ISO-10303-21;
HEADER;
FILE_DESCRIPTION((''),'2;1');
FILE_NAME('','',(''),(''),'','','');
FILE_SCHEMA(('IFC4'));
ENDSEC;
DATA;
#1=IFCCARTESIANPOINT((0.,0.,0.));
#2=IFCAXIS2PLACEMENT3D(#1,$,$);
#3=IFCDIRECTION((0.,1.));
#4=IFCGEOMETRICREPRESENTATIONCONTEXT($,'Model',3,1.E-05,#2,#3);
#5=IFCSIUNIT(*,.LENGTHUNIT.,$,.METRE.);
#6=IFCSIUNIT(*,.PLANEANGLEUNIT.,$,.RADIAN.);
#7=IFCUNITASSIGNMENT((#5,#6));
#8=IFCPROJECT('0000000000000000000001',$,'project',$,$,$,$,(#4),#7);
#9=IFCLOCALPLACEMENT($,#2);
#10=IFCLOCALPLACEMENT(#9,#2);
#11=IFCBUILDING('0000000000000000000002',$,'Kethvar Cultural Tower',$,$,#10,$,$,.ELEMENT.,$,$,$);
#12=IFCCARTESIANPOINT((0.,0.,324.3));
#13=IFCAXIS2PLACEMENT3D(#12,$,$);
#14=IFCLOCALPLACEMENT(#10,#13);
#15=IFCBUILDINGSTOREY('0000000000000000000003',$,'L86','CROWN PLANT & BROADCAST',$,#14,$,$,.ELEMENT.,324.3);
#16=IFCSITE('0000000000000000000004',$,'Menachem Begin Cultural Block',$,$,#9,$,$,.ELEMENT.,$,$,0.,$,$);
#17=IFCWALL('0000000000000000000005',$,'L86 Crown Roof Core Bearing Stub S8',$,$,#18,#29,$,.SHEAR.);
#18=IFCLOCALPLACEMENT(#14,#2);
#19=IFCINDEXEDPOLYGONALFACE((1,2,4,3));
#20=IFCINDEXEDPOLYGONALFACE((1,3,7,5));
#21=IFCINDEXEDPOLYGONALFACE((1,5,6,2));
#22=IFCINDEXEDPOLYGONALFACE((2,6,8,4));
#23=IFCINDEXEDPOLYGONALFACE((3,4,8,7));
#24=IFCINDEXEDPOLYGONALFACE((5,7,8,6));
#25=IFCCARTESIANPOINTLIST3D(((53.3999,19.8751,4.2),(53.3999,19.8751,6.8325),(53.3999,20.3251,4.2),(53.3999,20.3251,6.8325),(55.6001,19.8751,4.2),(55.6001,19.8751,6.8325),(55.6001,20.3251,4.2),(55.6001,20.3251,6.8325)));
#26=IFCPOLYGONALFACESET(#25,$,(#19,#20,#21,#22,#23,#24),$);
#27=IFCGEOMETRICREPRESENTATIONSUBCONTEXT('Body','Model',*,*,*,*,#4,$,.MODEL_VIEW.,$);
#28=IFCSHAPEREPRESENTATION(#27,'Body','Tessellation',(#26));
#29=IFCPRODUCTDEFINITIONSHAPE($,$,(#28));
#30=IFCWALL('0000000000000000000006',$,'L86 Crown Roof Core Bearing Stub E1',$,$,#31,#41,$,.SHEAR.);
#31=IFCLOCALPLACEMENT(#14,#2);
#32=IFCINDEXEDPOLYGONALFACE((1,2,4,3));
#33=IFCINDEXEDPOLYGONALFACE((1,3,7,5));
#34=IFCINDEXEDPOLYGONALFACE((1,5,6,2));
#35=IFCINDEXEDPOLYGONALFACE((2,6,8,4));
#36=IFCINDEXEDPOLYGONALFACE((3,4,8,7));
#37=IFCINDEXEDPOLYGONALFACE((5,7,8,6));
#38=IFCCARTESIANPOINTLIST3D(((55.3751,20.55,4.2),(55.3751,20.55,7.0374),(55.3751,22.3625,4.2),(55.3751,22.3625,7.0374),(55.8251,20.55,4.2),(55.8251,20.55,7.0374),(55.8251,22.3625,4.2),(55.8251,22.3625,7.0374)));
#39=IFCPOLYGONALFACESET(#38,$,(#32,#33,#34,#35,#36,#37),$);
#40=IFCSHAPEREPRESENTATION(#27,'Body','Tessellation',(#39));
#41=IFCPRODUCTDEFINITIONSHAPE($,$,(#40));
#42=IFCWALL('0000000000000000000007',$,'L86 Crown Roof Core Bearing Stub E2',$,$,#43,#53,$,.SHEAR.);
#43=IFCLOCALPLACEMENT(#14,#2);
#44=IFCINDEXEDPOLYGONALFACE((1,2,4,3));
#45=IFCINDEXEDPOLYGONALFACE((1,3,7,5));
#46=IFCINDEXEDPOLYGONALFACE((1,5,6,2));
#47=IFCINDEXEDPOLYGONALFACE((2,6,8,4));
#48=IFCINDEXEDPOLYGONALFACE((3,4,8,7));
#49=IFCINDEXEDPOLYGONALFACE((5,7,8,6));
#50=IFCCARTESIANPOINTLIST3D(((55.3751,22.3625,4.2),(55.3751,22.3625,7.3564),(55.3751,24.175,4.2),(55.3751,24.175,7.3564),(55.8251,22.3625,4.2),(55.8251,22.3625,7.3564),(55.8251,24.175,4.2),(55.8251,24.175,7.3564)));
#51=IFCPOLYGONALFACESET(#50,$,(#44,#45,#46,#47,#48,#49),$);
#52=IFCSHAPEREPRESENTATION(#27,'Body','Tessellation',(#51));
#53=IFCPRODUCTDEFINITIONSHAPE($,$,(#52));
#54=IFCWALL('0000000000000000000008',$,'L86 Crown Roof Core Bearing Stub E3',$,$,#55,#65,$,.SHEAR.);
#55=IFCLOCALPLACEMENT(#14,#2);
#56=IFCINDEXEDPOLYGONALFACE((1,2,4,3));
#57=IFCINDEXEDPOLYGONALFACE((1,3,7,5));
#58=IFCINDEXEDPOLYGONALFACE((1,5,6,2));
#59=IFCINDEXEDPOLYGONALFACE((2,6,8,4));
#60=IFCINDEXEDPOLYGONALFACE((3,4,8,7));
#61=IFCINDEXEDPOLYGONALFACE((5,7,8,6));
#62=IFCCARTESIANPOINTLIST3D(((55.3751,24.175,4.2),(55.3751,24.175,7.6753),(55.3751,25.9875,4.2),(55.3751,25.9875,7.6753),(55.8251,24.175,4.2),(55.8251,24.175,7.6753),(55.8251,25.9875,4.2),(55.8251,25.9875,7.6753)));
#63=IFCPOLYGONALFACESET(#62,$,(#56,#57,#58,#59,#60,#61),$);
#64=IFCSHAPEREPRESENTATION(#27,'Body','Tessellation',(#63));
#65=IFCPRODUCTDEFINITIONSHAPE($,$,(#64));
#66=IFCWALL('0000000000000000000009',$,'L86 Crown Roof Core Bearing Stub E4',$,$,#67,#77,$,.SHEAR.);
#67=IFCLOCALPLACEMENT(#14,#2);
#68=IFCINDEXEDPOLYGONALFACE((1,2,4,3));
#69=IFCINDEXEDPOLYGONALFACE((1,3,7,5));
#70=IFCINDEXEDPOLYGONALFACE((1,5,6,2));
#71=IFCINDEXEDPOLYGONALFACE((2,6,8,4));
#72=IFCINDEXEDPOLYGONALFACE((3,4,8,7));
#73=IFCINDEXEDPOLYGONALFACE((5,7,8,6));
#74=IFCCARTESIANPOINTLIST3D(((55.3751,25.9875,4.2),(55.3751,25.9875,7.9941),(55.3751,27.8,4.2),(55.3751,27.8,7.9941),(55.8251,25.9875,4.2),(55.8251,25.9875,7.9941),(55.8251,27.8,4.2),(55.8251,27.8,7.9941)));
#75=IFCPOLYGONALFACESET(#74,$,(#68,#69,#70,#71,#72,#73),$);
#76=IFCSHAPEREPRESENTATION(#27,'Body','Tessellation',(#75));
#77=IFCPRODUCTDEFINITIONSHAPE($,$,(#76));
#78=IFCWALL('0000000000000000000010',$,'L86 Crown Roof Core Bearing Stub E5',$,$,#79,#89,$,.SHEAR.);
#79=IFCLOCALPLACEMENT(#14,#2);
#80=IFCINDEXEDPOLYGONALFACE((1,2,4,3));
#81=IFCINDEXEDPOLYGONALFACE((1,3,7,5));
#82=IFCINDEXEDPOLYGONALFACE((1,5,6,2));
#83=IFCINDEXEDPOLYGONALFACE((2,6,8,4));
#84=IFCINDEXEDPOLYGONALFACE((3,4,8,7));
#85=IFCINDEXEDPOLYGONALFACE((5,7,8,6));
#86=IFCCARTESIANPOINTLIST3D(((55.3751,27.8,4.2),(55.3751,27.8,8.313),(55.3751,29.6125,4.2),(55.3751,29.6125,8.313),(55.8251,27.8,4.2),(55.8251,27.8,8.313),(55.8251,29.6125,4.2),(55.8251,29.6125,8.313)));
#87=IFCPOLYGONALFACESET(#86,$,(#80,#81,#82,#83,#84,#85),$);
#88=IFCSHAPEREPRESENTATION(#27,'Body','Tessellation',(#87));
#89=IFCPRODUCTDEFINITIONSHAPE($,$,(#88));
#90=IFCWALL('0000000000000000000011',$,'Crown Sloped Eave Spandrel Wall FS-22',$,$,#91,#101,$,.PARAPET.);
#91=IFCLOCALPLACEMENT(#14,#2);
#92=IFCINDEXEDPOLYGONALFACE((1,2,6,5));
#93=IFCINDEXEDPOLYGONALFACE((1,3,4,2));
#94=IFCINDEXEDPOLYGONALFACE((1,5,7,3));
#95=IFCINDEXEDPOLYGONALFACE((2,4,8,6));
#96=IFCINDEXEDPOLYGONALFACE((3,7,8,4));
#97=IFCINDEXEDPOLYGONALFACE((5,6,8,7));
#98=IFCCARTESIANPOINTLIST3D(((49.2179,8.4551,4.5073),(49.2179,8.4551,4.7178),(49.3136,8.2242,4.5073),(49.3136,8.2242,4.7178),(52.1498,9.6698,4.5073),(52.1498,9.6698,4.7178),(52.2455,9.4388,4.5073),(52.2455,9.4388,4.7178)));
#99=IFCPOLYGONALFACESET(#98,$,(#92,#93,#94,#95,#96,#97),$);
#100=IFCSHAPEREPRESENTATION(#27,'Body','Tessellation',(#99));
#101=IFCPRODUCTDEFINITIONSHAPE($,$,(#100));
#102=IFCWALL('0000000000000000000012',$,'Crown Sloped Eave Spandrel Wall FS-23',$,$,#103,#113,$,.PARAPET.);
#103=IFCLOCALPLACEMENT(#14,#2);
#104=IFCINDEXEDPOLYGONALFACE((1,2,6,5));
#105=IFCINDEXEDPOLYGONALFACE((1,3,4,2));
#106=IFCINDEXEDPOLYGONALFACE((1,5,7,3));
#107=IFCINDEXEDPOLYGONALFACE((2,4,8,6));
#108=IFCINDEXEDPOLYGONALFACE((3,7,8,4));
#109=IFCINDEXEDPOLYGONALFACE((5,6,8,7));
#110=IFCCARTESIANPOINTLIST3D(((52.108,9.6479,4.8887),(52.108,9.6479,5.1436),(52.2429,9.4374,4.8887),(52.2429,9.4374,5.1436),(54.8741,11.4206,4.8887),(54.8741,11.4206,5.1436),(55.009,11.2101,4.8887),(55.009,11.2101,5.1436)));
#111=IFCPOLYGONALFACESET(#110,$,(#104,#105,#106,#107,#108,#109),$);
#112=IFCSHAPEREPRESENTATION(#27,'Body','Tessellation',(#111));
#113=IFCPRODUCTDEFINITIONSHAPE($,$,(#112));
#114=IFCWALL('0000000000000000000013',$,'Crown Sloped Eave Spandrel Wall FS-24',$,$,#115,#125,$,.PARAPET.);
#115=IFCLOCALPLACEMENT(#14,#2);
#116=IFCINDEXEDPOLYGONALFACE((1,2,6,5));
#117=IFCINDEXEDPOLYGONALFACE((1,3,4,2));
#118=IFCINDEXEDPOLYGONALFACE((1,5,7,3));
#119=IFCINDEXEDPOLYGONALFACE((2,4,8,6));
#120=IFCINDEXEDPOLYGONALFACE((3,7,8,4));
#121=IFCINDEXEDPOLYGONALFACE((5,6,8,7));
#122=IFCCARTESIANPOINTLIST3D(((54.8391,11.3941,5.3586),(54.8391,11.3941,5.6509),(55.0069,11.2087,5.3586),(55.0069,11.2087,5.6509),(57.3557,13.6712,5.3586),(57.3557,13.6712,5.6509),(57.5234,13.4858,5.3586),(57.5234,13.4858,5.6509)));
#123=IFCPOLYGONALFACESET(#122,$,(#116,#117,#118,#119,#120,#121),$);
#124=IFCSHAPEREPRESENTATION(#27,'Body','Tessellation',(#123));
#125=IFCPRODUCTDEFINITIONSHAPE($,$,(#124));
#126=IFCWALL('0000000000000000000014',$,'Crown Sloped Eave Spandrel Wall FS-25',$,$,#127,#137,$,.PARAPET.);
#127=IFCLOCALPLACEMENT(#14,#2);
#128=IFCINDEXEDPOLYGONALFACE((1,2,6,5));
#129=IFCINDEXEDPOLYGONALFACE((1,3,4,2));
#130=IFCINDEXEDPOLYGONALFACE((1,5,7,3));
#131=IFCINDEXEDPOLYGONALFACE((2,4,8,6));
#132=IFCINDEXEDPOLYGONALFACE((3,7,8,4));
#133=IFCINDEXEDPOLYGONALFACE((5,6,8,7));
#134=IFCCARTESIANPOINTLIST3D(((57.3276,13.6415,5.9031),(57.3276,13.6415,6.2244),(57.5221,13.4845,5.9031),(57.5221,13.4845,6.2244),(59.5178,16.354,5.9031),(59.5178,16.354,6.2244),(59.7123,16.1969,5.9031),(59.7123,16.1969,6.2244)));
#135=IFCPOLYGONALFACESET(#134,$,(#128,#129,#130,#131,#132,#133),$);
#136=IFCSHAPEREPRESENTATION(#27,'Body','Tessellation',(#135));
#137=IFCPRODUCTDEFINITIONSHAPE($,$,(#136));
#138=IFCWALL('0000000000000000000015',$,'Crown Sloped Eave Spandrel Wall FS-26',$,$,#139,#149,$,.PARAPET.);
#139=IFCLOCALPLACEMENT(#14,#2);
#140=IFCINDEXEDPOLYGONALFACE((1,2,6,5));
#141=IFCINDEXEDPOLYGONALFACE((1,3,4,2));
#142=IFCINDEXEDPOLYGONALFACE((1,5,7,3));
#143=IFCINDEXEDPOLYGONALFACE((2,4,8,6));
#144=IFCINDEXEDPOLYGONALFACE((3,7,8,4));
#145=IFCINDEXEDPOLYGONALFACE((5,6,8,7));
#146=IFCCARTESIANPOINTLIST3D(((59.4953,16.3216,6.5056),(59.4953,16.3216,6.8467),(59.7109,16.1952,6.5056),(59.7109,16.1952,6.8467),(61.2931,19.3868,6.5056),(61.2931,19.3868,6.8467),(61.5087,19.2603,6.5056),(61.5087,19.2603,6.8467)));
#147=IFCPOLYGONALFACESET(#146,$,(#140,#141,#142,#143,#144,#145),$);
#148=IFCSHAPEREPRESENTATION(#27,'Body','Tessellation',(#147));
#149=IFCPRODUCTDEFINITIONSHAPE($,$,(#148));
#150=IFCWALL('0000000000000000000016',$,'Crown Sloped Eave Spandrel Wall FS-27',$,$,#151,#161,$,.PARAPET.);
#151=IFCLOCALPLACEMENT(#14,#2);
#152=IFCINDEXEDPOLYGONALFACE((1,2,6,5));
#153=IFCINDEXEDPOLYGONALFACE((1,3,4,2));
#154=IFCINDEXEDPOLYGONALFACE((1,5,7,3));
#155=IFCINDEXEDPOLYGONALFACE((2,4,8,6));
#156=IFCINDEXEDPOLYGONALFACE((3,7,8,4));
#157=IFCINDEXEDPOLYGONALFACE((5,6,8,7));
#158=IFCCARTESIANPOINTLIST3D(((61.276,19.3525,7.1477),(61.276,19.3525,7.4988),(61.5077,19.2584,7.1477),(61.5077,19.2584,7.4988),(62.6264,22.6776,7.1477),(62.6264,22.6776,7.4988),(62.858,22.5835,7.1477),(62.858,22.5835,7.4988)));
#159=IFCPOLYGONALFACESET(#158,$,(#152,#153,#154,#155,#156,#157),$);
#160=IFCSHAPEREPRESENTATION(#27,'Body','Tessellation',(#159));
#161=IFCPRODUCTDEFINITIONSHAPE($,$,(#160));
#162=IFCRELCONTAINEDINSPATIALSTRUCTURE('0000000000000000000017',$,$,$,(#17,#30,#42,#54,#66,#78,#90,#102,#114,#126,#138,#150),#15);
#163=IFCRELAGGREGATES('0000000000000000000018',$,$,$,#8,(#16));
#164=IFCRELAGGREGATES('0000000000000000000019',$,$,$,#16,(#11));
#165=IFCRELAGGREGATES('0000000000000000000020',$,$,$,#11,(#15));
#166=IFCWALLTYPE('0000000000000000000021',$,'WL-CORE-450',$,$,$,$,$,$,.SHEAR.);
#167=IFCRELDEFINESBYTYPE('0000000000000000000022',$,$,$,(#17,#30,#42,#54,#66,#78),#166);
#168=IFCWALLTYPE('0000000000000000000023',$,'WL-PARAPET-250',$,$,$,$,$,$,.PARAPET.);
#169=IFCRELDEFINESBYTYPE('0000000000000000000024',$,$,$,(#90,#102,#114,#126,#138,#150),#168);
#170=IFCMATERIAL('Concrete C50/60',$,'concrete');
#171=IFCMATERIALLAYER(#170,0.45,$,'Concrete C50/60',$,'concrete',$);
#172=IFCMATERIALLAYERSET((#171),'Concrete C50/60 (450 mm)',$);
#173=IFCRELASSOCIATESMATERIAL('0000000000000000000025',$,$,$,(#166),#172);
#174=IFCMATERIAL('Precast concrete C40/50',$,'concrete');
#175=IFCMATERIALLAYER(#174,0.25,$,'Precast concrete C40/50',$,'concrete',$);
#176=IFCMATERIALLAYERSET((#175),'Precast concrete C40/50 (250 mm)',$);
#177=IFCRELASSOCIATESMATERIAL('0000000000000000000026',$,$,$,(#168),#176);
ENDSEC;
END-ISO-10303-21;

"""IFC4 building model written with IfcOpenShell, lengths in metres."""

from ifc_helpers import new_model, si_unit, direction, frame, frame_2d, origin, place, context, subcontext, project, spatial, rectangle, extrude, material, layer, layer_set, type_object, element, save


model = new_model("IFC4")

# Units and contexts
model_context = context("Model", 3, precision=1e-05, world=origin(), true_north=direction((0.0, 1.0)))
body_context = subcontext(model_context, "Body", "Model", "MODEL_VIEW")
ifc_project = project(units=[si_unit("LENGTHUNIT", "METRE"), si_unit("PLANEANGLEUNIT", "RADIAN")], contexts=[model_context])

# Site, building, storey
site_placement = place(None, origin())
site = spatial("IfcSite", under=ifc_project, at=site_placement, Name="Menachem Begin Cultural Block", CompositionType="ELEMENT", RefElevation=0.0)
building_placement = place(site_placement, origin())
building = spatial("IfcBuilding", under=site, at=building_placement, Name="Kethvar Cultural Tower", CompositionType="ELEMENT")
storey_placement = place(building_placement, frame((0.0, 0.0, 324.3)))
storey = spatial("IfcBuildingStorey", under=building, at=storey_placement, Name="L86", Description="CROWN PLANT & BROADCAST", CompositionType="ELEMENT", Elevation=324.3)

# Walls
ifc_material_1 = material(Name="Concrete C50/60", Category="concrete")
ifc_layer_1 = layer(ifc_material_1, 0.45, Name="Concrete C50/60", Category="concrete")
ifc_layer_set_1 = layer_set([ifc_layer_1], Name="Concrete C50/60 (450 mm)")
wall_type_1 = type_object("IfcWallType", Name="WL-CORE-450", PredefinedType="SHEAR", material=ifc_layer_set_1)
wall_1_placement = place(storey_placement, frame((53.3999, 20.1001, 4.2), z_axis=(0.0, 0.0, 1.0), x_axis=(1.0, 0.0, 0.0)))
element("IfcWall", 1, at=wall_1_placement, inside=storey, type_object=wall_type_1, Name="L86 Crown Roof Core Bearing Stub S8", PredefinedType="SHEAR", context=body_context, shape_type="SweptSolid", body=[
    extrude(rectangle(XDim=2.2002, YDim=0.45, at=frame_2d((1.1001, 0.0))), origin(), (0.0, 0.0, 1.0), 2.6326),
])
wall_2_placement = place(storey_placement, frame((55.6001, 20.55, 4.2), z_axis=(0.0, 0.0, 1.0), x_axis=(0.0, 1.0, 0.0)))
element("IfcWall", 2, at=wall_2_placement, inside=storey, type_object=wall_type_1, Name="L86 Crown Roof Core Bearing Stub E1", PredefinedType="SHEAR", context=body_context, shape_type="SweptSolid", body=[
    extrude(rectangle(XDim=1.8125, YDim=0.45, at=frame_2d((0.9062, 0.0))), origin(), (0.0, 0.0, 1.0), 2.8374),
])
wall_3_placement = place(storey_placement, frame((55.6001, 22.3625, 4.2), z_axis=(0.0, 0.0, 1.0), x_axis=(0.0, 1.0, 0.0)))
element("IfcWall", 3, at=wall_3_placement, inside=storey, type_object=wall_type_1, Name="L86 Crown Roof Core Bearing Stub E2", PredefinedType="SHEAR", context=body_context, shape_type="SweptSolid", body=[
    extrude(rectangle(XDim=1.8125, YDim=0.45, at=frame_2d((0.9062, 0.0))), origin(), (0.0, 0.0, 1.0), 3.1565),
])
wall_4_placement = place(storey_placement, frame((55.6001, 24.175, 4.2), z_axis=(0.0, 0.0, 1.0), x_axis=(0.0, 1.0, 0.0)))
element("IfcWall", 4, at=wall_4_placement, inside=storey, type_object=wall_type_1, Name="L86 Crown Roof Core Bearing Stub E3", PredefinedType="SHEAR", context=body_context, shape_type="SweptSolid", body=[
    extrude(rectangle(XDim=1.8125, YDim=0.45, at=frame_2d((0.9062, 0.0))), origin(), (0.0, 0.0, 1.0), 3.4753),
])
wall_5_placement = place(storey_placement, frame((55.6001, 25.9875, 4.2), z_axis=(0.0, 0.0, 1.0), x_axis=(0.0, 1.0, 0.0)))
element("IfcWall", 5, at=wall_5_placement, inside=storey, type_object=wall_type_1, Name="L86 Crown Roof Core Bearing Stub E4", PredefinedType="SHEAR", context=body_context, shape_type="SweptSolid", body=[
    extrude(rectangle(XDim=1.8125, YDim=0.45, at=frame_2d((0.9062, 0.0))), origin(), (0.0, 0.0, 1.0), 3.7942),
])
wall_6_placement = place(storey_placement, frame((55.6001, 27.8, 4.2), z_axis=(0.0, 0.0, 1.0), x_axis=(0.0, 1.0, 0.0)))
element("IfcWall", 6, at=wall_6_placement, inside=storey, type_object=wall_type_1, Name="L86 Crown Roof Core Bearing Stub E5", PredefinedType="SHEAR", context=body_context, shape_type="SweptSolid", body=[
    extrude(rectangle(XDim=1.8125, YDim=0.45, at=frame_2d((0.9062, 0.0))), origin(), (0.0, 0.0, 1.0), 4.113),
])
ifc_material_2 = material(Name="Precast concrete C40/50", Category="concrete")
ifc_layer_2 = layer(ifc_material_2, 0.25, Name="Precast concrete C40/50", Category="concrete")
ifc_layer_set_2 = layer_set([ifc_layer_2], Name="Precast concrete C40/50 (250 mm)")
wall_type_2 = type_object("IfcWallType", Name="WL-PARAPET-250", PredefinedType="PARAPET", material=ifc_layer_set_2)
wall_7_placement = place(storey_placement, frame((49.2656, 8.3396, 4.5073), z_axis=(0.0, 0.0, 1.0), x_axis=(0.92386, 0.38273, 0.0)))
element("IfcWall", 7, at=wall_7_placement, inside=storey, type_object=wall_type_2, Name="Crown Sloped Eave Spandrel Wall FS-22", PredefinedType="PARAPET", context=body_context, shape_type="SweptSolid", body=[
    extrude(rectangle(XDim=3.1736, YDim=0.25, at=frame_2d((1.5869, 0.0))), origin(), (0.0, 0.0, 1.0), 0.2104),
])
wall_8_placement = place(storey_placement, frame((52.1755, 9.5427, 4.8887), z_axis=(0.0, 0.0, 1.0), x_axis=(0.841941, 0.53957, 0.0)))
element("IfcWall", 8, at=wall_8_placement, inside=storey, type_object=wall_type_2, Name="Crown Sloped Eave Spandrel Wall FS-23", PredefinedType="PARAPET", context=body_context, shape_type="SweptSolid", body=[
    extrude(rectangle(XDim=3.2854, YDim=0.25, at=frame_2d((1.6426, 0.0))), origin(), (0.0, 0.0, 1.0), 0.2549),
])
wall_9_placement = place(storey_placement, frame((54.9231, 11.3015, 5.3586), z_axis=(0.0, 0.0, 1.0), x_axis=(0.74151, 0.670942, 0.0)))
element("IfcWall", 9, at=wall_9_placement, inside=storey, type_object=wall_type_2, Name="Crown Sloped Eave Spandrel Wall FS-24", PredefinedType="PARAPET", context=body_context, shape_type="SweptSolid", body=[
    extrude(rectangle(XDim=3.3938, YDim=0.25, at=frame_2d((1.6968, 0.0))), origin(), (0.0, 0.0, 1.0), 0.2922),
])
wall_10_placement = place(storey_placement, frame((57.4248, 13.563, 5.9031), z_axis=(0.0, 0.0, 1.0), x_axis=(0.628233, 0.778025, 0.0)))
element("IfcWall", 10, at=wall_10_placement, inside=storey, type_object=wall_type_2, Name="Crown Sloped Eave Spandrel Wall FS-25", PredefinedType="PARAPET", context=body_context, shape_type="SweptSolid", body=[
    extrude(rectangle(XDim=3.4863, YDim=0.25, at=frame_2d((1.7432, 0.0))), origin(), (0.0, 0.0, 1.0), 0.3213),
])
wall_11_placement = place(storey_placement, frame((59.603, 16.2583, 6.5056), z_axis=(0.0, 0.0, 1.0), x_axis=(0.505933, 0.862573, 0.0)))
element("IfcWall", 11, at=wall_11_placement, inside=storey, type_object=wall_type_2, Name="Crown Sloped Eave Spandrel Wall FS-26", PredefinedType="PARAPET", context=body_context, shape_type="SweptSolid", body=[
    extrude(rectangle(XDim=3.5535, YDim=0.25, at=frame_2d((1.7769, 0.0))), origin(), (0.0, 0.0, 1.0), 0.3411),
])
wall_12_placement = place(storey_placement, frame((61.3918, 19.3054, 7.1477), z_axis=(0.0, 0.0, 1.0), x_axis=(0.376253, 0.926517, 0.0)))
element("IfcWall", 12, at=wall_12_placement, inside=storey, type_object=wall_type_2, Name="Crown Sloped Eave Spandrel Wall FS-27", PredefinedType="PARAPET", context=body_context, shape_type="SweptSolid", body=[
    extrude(rectangle(XDim=3.5889, YDim=0.25, at=frame_2d((1.7944, 0.0))), origin(), (0.0, 0.0, 1.0), 0.3511),
])

save(model, "model.ifc")
